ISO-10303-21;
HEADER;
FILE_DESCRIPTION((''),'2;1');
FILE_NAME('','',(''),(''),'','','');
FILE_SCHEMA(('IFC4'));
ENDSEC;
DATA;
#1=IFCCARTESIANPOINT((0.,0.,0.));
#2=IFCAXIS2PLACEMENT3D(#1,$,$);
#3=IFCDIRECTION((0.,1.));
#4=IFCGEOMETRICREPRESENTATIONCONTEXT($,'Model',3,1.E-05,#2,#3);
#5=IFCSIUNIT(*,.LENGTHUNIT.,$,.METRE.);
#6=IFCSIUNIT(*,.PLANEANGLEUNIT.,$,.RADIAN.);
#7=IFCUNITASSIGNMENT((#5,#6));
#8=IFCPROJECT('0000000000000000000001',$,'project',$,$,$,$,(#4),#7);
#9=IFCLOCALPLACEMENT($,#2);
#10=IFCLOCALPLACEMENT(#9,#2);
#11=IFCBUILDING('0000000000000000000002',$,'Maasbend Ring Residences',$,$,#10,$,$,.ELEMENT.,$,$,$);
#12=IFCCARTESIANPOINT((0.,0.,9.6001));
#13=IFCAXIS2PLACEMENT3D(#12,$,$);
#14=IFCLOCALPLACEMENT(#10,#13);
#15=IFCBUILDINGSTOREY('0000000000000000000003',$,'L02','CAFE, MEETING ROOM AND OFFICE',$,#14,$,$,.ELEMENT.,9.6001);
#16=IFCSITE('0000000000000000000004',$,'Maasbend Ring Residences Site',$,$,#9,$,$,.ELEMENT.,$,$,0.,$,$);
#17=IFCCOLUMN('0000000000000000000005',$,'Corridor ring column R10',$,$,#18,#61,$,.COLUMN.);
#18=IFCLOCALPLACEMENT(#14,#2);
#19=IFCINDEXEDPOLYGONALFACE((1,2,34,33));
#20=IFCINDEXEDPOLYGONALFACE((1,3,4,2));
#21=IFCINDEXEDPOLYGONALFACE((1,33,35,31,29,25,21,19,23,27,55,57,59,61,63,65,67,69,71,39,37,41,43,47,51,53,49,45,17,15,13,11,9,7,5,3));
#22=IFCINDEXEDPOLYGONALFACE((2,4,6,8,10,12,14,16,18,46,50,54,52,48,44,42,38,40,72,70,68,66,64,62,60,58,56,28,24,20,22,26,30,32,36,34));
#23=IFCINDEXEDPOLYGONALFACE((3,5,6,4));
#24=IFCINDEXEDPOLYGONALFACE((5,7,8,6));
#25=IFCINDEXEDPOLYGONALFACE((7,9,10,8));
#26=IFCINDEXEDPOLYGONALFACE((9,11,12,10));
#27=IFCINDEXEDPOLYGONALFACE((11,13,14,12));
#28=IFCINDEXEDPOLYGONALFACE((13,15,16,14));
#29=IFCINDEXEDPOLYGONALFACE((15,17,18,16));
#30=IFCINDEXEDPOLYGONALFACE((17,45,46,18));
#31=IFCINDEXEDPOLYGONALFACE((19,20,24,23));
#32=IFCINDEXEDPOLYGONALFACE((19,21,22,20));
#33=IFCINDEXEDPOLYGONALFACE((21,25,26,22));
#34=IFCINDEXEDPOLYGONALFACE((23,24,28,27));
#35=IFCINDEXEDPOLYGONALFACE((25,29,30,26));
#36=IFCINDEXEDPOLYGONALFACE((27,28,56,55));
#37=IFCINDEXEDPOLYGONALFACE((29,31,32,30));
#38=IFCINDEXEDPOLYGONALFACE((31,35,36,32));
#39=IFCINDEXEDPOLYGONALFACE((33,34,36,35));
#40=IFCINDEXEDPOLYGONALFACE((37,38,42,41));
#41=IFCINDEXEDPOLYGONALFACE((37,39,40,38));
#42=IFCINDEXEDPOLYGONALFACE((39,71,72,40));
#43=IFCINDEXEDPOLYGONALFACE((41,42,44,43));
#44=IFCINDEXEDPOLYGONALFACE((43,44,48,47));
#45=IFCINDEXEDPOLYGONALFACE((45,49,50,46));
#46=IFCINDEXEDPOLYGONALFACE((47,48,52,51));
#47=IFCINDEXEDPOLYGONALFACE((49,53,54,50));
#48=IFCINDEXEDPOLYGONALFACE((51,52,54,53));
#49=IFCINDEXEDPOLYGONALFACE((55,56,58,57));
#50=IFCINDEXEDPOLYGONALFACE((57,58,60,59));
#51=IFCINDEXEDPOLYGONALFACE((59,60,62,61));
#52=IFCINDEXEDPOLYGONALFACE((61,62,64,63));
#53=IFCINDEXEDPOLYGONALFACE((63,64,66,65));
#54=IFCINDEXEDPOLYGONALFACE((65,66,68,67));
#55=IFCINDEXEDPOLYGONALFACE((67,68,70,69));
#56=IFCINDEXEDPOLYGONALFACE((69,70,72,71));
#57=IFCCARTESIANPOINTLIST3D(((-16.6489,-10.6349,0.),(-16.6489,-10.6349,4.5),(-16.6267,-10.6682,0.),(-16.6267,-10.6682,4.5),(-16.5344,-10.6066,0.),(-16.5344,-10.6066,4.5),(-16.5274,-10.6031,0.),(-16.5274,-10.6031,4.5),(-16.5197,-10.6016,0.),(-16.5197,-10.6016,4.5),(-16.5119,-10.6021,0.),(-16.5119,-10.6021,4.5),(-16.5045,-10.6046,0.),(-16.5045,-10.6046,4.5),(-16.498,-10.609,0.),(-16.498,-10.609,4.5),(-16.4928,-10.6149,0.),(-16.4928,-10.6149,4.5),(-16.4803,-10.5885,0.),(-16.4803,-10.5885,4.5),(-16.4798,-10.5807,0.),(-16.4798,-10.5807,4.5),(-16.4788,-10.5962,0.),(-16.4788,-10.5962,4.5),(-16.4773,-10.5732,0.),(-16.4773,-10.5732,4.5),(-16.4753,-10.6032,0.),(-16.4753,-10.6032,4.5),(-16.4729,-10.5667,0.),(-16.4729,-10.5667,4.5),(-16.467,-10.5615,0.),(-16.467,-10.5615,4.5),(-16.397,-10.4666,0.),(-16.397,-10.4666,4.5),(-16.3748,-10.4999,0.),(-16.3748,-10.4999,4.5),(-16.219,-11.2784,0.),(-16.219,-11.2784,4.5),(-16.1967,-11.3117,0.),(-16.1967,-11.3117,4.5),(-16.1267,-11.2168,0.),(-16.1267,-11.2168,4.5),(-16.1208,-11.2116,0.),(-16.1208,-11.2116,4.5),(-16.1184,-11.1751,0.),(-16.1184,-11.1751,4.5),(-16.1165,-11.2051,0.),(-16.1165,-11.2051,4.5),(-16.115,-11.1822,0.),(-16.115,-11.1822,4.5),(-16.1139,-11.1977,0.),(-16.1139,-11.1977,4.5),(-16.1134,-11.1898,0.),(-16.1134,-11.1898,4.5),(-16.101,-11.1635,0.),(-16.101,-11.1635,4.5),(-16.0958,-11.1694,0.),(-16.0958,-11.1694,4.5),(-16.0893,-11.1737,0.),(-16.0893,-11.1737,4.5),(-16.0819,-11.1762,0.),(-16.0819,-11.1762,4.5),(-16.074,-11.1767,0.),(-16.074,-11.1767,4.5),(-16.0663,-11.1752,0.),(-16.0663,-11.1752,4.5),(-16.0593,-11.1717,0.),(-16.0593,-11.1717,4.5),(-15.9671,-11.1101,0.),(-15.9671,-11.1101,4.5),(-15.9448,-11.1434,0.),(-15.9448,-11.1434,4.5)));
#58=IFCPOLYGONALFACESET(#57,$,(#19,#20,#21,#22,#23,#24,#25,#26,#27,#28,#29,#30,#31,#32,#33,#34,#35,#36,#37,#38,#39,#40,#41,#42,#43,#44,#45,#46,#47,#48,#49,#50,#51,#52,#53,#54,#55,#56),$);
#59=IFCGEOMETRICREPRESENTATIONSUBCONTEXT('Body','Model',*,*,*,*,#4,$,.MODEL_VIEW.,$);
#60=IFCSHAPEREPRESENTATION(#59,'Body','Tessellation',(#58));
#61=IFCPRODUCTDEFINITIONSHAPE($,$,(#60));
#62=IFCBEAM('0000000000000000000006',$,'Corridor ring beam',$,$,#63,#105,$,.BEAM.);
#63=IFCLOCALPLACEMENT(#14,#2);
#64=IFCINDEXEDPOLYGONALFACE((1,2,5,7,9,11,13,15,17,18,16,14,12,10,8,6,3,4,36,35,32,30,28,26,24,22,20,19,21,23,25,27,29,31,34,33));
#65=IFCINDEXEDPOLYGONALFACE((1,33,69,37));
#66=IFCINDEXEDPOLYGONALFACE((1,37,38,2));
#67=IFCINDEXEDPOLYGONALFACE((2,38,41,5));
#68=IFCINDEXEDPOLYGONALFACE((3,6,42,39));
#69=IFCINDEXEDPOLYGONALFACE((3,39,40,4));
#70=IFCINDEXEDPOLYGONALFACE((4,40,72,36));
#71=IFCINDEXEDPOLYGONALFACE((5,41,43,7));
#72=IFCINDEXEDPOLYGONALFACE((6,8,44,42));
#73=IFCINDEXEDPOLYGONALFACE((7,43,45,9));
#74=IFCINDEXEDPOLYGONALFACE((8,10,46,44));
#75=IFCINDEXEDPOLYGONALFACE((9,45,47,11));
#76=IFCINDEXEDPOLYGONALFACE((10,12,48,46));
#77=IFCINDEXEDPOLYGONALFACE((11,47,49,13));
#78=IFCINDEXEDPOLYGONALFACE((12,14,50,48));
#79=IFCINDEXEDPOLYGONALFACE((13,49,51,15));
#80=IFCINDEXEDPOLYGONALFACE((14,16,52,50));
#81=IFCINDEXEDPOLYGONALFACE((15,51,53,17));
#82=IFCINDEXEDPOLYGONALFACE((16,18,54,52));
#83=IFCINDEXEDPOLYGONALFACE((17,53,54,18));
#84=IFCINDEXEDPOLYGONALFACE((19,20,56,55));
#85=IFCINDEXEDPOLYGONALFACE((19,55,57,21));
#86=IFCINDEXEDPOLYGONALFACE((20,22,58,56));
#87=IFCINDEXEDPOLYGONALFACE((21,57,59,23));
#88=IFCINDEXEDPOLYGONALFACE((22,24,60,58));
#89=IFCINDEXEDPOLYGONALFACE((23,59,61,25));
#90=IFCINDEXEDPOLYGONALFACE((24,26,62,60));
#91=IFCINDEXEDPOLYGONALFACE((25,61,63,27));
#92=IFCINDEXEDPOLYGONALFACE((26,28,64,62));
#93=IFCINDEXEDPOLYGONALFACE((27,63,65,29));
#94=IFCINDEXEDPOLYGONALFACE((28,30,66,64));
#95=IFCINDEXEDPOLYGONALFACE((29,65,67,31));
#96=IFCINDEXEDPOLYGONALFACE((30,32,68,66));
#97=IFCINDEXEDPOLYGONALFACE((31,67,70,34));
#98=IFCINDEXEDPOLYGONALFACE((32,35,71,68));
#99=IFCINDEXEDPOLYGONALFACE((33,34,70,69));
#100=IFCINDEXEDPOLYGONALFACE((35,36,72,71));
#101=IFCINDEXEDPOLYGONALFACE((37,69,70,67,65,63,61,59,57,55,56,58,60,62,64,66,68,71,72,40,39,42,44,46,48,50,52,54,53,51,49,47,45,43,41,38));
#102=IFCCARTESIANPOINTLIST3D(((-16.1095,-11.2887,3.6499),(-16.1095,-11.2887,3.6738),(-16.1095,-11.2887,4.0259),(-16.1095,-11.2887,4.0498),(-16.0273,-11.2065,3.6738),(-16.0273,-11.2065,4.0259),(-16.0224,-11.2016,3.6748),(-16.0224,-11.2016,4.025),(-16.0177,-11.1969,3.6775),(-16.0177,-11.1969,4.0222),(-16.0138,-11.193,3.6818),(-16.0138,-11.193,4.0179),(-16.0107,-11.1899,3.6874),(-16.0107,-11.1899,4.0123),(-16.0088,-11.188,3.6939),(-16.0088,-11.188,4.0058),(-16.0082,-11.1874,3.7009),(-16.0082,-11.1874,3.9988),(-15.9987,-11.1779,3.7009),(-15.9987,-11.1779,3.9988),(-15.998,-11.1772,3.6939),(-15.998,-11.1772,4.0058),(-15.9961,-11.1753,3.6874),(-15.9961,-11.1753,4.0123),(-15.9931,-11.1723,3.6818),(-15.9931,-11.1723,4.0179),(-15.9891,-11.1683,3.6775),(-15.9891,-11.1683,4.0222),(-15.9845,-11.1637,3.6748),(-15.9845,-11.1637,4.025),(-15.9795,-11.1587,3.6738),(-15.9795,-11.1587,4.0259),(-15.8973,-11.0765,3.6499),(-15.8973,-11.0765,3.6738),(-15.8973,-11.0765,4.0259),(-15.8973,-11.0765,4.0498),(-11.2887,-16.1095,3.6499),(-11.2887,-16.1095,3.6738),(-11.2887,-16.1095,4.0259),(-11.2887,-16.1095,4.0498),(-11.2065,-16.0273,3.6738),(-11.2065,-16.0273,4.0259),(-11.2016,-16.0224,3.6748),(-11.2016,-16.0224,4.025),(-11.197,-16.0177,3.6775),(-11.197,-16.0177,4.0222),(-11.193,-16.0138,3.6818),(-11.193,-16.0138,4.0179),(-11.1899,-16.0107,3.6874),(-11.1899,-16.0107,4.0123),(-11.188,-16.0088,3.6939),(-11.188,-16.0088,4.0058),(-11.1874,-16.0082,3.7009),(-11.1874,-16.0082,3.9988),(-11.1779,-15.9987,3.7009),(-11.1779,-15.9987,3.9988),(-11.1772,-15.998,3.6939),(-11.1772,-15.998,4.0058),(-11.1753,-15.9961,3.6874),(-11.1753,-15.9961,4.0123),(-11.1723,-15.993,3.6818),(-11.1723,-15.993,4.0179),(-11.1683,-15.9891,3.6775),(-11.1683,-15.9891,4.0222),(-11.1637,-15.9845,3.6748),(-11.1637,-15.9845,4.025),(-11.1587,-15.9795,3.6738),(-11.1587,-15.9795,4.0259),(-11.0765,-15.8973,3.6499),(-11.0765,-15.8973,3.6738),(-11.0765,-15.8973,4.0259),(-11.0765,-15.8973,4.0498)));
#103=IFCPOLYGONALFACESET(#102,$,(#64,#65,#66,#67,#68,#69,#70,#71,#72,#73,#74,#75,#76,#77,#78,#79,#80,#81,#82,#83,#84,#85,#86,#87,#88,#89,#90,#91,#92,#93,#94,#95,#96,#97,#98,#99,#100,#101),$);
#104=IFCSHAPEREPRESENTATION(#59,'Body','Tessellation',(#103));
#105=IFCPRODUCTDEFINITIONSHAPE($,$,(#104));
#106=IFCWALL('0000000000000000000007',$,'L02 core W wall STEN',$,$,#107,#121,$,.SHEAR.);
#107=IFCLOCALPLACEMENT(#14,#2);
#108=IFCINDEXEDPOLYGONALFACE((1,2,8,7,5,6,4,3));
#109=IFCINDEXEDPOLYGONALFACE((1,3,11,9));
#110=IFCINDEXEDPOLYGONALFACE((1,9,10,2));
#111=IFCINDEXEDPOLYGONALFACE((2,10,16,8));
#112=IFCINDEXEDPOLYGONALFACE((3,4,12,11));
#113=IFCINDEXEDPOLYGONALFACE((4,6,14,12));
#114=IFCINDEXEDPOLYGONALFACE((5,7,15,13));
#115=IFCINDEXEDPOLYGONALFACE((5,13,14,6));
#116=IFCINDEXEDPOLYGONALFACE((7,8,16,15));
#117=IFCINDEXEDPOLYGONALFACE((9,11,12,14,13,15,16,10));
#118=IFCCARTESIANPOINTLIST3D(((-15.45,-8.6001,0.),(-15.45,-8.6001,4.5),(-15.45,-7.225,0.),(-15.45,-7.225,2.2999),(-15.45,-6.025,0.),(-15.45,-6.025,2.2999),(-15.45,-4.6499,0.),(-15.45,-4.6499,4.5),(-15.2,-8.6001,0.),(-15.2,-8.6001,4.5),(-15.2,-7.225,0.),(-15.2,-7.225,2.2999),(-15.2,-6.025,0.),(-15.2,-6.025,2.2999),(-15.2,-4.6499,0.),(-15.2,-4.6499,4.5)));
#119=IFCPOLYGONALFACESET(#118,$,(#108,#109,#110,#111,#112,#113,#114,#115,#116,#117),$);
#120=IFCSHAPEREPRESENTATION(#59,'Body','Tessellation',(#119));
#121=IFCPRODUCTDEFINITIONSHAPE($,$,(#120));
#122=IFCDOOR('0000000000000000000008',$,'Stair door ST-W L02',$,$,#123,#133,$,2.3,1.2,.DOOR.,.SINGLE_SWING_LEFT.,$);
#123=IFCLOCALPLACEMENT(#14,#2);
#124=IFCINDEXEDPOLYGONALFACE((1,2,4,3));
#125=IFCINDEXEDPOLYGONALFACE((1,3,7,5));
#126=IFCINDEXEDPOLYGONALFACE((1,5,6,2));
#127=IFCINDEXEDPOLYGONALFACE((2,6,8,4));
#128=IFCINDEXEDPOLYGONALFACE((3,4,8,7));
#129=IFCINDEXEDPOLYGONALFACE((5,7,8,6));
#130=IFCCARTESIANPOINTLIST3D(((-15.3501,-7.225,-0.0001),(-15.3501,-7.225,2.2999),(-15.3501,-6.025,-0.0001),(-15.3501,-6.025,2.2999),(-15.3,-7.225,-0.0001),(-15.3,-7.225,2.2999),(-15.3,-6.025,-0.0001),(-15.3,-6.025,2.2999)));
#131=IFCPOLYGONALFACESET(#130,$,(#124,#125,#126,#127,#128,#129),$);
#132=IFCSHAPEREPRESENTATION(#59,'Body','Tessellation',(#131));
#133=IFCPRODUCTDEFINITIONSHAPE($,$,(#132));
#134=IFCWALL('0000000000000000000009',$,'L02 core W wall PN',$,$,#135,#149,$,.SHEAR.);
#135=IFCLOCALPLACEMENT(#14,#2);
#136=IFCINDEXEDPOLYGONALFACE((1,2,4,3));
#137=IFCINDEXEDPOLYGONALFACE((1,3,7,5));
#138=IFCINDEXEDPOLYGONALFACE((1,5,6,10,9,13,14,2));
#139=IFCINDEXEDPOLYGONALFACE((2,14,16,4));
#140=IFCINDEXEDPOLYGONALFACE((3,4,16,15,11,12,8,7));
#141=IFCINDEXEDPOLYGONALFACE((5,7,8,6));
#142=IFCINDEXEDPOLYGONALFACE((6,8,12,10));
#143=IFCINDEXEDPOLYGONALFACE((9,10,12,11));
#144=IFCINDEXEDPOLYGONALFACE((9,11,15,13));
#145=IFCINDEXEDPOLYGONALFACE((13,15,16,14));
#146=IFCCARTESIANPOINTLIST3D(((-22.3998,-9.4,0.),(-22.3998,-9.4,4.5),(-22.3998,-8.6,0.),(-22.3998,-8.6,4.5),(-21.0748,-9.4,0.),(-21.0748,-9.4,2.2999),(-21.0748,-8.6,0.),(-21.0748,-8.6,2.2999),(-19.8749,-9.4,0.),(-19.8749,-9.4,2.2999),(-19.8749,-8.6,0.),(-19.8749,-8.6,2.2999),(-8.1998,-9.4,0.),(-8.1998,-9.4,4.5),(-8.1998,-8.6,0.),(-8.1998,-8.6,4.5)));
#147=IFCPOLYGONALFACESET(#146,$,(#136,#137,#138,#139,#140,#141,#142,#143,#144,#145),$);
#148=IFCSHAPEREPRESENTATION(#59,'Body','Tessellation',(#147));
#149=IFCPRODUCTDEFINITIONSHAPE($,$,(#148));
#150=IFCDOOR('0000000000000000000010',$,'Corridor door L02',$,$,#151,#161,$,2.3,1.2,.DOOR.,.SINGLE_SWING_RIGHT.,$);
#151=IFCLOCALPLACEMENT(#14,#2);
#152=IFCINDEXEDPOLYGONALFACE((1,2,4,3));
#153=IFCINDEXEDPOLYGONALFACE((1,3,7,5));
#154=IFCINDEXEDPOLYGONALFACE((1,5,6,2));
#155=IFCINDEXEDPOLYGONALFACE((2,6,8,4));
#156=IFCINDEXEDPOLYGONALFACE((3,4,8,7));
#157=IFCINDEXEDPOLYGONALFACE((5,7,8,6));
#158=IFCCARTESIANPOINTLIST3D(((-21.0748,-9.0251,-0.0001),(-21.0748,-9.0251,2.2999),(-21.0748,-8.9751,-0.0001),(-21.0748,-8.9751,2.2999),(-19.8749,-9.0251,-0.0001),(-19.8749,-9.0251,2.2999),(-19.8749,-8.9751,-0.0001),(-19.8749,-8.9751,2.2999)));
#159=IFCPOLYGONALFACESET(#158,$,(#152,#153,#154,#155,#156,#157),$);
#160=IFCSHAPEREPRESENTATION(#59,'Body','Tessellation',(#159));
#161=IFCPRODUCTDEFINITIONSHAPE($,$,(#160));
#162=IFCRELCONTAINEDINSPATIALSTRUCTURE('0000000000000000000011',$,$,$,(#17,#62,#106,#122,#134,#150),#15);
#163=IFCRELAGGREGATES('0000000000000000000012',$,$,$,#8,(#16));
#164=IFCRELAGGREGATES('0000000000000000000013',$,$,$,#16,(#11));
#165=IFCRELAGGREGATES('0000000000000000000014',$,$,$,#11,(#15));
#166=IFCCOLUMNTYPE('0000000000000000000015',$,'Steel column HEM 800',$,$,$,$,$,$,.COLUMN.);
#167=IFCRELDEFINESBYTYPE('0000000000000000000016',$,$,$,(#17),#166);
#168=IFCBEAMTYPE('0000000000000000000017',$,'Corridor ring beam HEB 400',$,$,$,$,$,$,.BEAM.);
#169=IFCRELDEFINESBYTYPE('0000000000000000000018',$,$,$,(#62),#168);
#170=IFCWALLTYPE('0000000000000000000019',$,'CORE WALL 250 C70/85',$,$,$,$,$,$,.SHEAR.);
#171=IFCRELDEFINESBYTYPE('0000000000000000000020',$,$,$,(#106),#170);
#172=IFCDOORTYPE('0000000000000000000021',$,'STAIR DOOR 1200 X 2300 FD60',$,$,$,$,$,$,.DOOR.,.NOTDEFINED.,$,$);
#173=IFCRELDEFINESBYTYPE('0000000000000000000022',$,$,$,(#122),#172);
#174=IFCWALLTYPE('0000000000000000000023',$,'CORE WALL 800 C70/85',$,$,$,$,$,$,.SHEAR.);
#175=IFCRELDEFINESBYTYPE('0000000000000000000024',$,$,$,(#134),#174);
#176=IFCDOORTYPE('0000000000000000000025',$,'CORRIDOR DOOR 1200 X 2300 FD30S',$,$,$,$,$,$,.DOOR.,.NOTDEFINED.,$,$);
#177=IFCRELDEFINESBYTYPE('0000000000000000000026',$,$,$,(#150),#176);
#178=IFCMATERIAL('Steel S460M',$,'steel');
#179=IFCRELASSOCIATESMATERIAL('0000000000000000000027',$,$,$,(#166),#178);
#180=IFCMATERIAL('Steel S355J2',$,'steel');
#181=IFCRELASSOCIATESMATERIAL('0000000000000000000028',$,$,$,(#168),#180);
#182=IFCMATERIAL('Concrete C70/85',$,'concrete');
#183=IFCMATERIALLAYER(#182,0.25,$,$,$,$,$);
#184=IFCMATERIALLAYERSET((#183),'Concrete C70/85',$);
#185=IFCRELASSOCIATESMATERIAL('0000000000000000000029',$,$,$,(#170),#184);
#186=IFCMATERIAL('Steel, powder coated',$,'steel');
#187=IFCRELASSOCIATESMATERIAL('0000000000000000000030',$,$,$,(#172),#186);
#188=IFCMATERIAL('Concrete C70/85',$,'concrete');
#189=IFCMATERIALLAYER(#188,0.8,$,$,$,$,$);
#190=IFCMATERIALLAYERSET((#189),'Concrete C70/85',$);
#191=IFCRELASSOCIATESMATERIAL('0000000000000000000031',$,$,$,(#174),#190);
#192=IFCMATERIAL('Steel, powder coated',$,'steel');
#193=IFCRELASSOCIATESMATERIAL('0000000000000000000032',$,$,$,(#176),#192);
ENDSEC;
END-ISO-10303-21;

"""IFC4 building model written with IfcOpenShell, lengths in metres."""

from ifc_helpers import new_model, si_unit, direction, frame, frame_2d, origin, origin_2d, place, context, subcontext, project, spatial, rectangle, i_section, extrude, material, layer, layer_set, material_profile, profile_set, type_object, element, fill, save


model = new_model("IFC4")

# Units and contexts
model_context = context("Model", 3, precision=1e-05, world=origin(), true_north=direction((0.0, 1.0)))
body_context = subcontext(model_context, "Body", "Model", "MODEL_VIEW")
ifc_project = project(units=[si_unit("LENGTHUNIT", "METRE"), si_unit("PLANEANGLEUNIT", "RADIAN")], contexts=[model_context])

# Site, building, storey
site_placement = place(None, origin())
site = spatial("IfcSite", under=ifc_project, at=site_placement, Name="Maasbend Ring Residences Site", CompositionType="ELEMENT", RefElevation=0.0)
building_placement = place(site_placement, origin())
building = spatial("IfcBuilding", under=site, at=building_placement, Name="Maasbend Ring Residences", CompositionType="ELEMENT")
storey_placement = place(building_placement, frame((0.0, 0.0, 9.6001)))
storey = spatial("IfcBuildingStorey", under=building, at=storey_placement, Name="L02", Description="CAFE, MEETING ROOM AND OFFICE", CompositionType="ELEMENT", Elevation=9.6001)

# Column
ifc_material_1 = material(Name="Steel S460M", Category="steel")
ifc_material_profile_1 = material_profile(ifc_material_1, i_section(OverallWidth=0.303, OverallDepth=0.814, WebThickness=0.021, FlangeThickness=0.04, FilletRadius=0.03, at=origin_2d()), Name="HEM 800")
ifc_profile_set_1 = profile_set([ifc_material_profile_1], Name="Steel S460M")
column_type = type_object("IfcColumnType", Name="Steel column HEM 800", PredefinedType="COLUMN", material=ifc_profile_set_1)
column_placement = place(storey_placement, frame((-16.2969, -10.8892, 0.0), z_axis=(0.0, 0.0, 1.0), x_axis=(-0.83147, -0.55557, 0.0)))
element("IfcColumn", 1, at=column_placement, inside=storey, type_object=column_type, Name="Corridor ring column R10", PredefinedType="COLUMN", context=body_context, shape_type="SweptSolid", body=[
    extrude(i_section(OverallWidth=0.303, OverallDepth=0.814, WebThickness=0.021, FlangeThickness=0.04, FilletRadius=0.03, at=origin_2d()), origin(), (0.0, 0.0, 1.0), 4.5),
])

# Beam
ifc_material_2 = material(Name="Steel S355J2", Category="steel")
ifc_material_profile_2 = material_profile(ifc_material_2, i_section(OverallWidth=0.3, OverallDepth=0.3999, WebThickness=0.0134, FlangeThickness=0.0239, FilletRadius=0.0271, at=origin_2d()), Name="HEB 400")
ifc_profile_set_2 = profile_set([ifc_material_profile_2], Name="Steel S355J2")
beam_type = type_object("IfcBeamType", Name="Corridor ring beam HEB 400", PredefinedType="BEAM", material=ifc_profile_set_2)
beam_placement = place(storey_placement, frame((-16.0034, -11.1826, 3.8499), z_axis=(0.707107, -0.707107, 0.0), x_axis=(0.707107, 0.707107, 0.0)))
element("IfcBeam", 2, at=beam_placement, inside=storey, type_object=beam_type, Name="Corridor ring beam", PredefinedType="BEAM", context=body_context, shape_type="SweptSolid", body=[
    extrude(i_section(OverallWidth=0.3, OverallDepth=0.3999, WebThickness=0.0134, FlangeThickness=0.0239, FilletRadius=0.0271, at=origin_2d()), origin(), (0.0, 0.0, 1.0), 6.8176),
])

# Walls, openings, doors
ifc_material_3 = material(Name="Concrete C70/85", Category="concrete")
ifc_layer_1 = layer(ifc_material_3, 0.25)
ifc_layer_set_1 = layer_set([ifc_layer_1], Name="Concrete C70/85")
wall_type_1 = type_object("IfcWallType", Name="CORE WALL 250 C70/85", PredefinedType="SHEAR", material=ifc_layer_set_1)
wall_1_placement = place(storey_placement, frame((-15.325, -4.6499, 0.0), z_axis=(0.0, 0.0, 1.0), x_axis=(0.0, -1.0, 0.0)))
wall_1 = element("IfcWall", 3, at=wall_1_placement, inside=storey, type_object=wall_type_1, Name="L02 core W wall STEN", PredefinedType="SHEAR", context=body_context, shape_type="SweptSolid", body=[
    extrude(rectangle(XDim=3.9502, YDim=0.25, at=frame_2d((1.9751, 0.0))), origin(), (0.0, 0.0, 1.0), 4.5),
])
opening_1_placement = place(wall_1_placement, frame((1.375, 0.0, 0.0)))
opening_1 = element("IfcOpeningElement", 4, at=opening_1_placement, cuts=wall_1, PredefinedType="OPENING", context=body_context, shape_type="SweptSolid", body=[
    extrude(rectangle(XDim=1.2, YDim=2.3, at=frame_2d((0.6001, 1.1499))), frame((0.0, 0.135, 0.0), z_axis=(0.0, -1.0, 0.0), x_axis=(1.0, 0.0, 0.0)), (0.0, 0.0, 1.0), 0.27),
])
ifc_material_4 = material(Name="Steel, powder coated", Category="steel")
door_type_1 = type_object("IfcDoorType", Name="STAIR DOOR 1200 X 2300 FD60", OperationType="NOTDEFINED", PredefinedType="DOOR", material=ifc_material_4)
door_1_placement = place(opening_1_placement, origin())
door_1 = element("IfcDoor", 5, at=door_1_placement, inside=storey, type_object=door_type_1, Name="Stair door ST-W L02", OperationType="SINGLE_SWING_LEFT", OverallHeight=2.3, OverallWidth=1.2, PredefinedType="DOOR", context=body_context, shape_type="SweptSolid", body=[
    extrude(rectangle(XDim=1.2, YDim=2.3, at=frame_2d((0.6001, 1.1499))), frame((0.0, 0.0249, 0.0), z_axis=(0.0, -1.0, 0.0), x_axis=(1.0, 0.0, 0.0)), (0.0, 0.0, 1.0), 0.05),
])
fill(opening_1, door_1)
ifc_material_5 = material(Name="Concrete C70/85", Category="concrete")
ifc_layer_2 = layer(ifc_material_5, 0.8)
ifc_layer_set_2 = layer_set([ifc_layer_2], Name="Concrete C70/85")
wall_type_2 = type_object("IfcWallType", Name="CORE WALL 800 C70/85", PredefinedType="SHEAR", material=ifc_layer_set_2)
wall_2_placement = place(storey_placement, frame((-22.3999, -9.0, 0.0), z_axis=(0.0, 0.0, 1.0), x_axis=(1.0, 0.0, 0.0)))
wall_2 = element("IfcWall", 6, at=wall_2_placement, inside=storey, type_object=wall_type_2, Name="L02 core W wall PN", PredefinedType="SHEAR", context=body_context, shape_type="SweptSolid", body=[
    extrude(rectangle(XDim=14.2, YDim=0.8, at=frame_2d((7.1001, 0.0))), origin(), (0.0, 0.0, 1.0), 4.5),
])
opening_2_placement = place(wall_2_placement, frame((1.325, 0.0, 0.0)))
opening_2 = element("IfcOpeningElement", 7, at=opening_2_placement, cuts=wall_2, PredefinedType="OPENING", context=body_context, shape_type="SweptSolid", body=[
    extrude(rectangle(XDim=1.2, YDim=2.3, at=frame_2d((0.6001, 1.1499))), frame((0.0, 0.4102, 0.0), z_axis=(0.0, -1.0, 0.0), x_axis=(1.0, 0.0, 0.0)), (0.0, 0.0, 1.0), 0.8201),
])
ifc_material_6 = material(Name="Steel, powder coated", Category="steel")
door_type_2 = type_object("IfcDoorType", Name="CORRIDOR DOOR 1200 X 2300 FD30S", OperationType="NOTDEFINED", PredefinedType="DOOR", material=ifc_material_6)
door_2_placement = place(opening_2_placement, origin())
door_2 = element("IfcDoor", 8, at=door_2_placement, inside=storey, type_object=door_type_2, Name="Corridor door L02", OperationType="SINGLE_SWING_RIGHT", OverallHeight=2.3, OverallWidth=1.2, PredefinedType="DOOR", context=body_context, shape_type="SweptSolid", body=[
    extrude(rectangle(XDim=1.2, YDim=2.3, at=frame_2d((0.6001, 1.1499))), frame((0.0, 0.0249, 0.0), z_axis=(0.0, -1.0, 0.0), x_axis=(1.0, 0.0, 0.0)), (0.0, 0.0, 1.0), 0.05),
])
fill(opening_2, door_2)

save(model, "model.ifc")
